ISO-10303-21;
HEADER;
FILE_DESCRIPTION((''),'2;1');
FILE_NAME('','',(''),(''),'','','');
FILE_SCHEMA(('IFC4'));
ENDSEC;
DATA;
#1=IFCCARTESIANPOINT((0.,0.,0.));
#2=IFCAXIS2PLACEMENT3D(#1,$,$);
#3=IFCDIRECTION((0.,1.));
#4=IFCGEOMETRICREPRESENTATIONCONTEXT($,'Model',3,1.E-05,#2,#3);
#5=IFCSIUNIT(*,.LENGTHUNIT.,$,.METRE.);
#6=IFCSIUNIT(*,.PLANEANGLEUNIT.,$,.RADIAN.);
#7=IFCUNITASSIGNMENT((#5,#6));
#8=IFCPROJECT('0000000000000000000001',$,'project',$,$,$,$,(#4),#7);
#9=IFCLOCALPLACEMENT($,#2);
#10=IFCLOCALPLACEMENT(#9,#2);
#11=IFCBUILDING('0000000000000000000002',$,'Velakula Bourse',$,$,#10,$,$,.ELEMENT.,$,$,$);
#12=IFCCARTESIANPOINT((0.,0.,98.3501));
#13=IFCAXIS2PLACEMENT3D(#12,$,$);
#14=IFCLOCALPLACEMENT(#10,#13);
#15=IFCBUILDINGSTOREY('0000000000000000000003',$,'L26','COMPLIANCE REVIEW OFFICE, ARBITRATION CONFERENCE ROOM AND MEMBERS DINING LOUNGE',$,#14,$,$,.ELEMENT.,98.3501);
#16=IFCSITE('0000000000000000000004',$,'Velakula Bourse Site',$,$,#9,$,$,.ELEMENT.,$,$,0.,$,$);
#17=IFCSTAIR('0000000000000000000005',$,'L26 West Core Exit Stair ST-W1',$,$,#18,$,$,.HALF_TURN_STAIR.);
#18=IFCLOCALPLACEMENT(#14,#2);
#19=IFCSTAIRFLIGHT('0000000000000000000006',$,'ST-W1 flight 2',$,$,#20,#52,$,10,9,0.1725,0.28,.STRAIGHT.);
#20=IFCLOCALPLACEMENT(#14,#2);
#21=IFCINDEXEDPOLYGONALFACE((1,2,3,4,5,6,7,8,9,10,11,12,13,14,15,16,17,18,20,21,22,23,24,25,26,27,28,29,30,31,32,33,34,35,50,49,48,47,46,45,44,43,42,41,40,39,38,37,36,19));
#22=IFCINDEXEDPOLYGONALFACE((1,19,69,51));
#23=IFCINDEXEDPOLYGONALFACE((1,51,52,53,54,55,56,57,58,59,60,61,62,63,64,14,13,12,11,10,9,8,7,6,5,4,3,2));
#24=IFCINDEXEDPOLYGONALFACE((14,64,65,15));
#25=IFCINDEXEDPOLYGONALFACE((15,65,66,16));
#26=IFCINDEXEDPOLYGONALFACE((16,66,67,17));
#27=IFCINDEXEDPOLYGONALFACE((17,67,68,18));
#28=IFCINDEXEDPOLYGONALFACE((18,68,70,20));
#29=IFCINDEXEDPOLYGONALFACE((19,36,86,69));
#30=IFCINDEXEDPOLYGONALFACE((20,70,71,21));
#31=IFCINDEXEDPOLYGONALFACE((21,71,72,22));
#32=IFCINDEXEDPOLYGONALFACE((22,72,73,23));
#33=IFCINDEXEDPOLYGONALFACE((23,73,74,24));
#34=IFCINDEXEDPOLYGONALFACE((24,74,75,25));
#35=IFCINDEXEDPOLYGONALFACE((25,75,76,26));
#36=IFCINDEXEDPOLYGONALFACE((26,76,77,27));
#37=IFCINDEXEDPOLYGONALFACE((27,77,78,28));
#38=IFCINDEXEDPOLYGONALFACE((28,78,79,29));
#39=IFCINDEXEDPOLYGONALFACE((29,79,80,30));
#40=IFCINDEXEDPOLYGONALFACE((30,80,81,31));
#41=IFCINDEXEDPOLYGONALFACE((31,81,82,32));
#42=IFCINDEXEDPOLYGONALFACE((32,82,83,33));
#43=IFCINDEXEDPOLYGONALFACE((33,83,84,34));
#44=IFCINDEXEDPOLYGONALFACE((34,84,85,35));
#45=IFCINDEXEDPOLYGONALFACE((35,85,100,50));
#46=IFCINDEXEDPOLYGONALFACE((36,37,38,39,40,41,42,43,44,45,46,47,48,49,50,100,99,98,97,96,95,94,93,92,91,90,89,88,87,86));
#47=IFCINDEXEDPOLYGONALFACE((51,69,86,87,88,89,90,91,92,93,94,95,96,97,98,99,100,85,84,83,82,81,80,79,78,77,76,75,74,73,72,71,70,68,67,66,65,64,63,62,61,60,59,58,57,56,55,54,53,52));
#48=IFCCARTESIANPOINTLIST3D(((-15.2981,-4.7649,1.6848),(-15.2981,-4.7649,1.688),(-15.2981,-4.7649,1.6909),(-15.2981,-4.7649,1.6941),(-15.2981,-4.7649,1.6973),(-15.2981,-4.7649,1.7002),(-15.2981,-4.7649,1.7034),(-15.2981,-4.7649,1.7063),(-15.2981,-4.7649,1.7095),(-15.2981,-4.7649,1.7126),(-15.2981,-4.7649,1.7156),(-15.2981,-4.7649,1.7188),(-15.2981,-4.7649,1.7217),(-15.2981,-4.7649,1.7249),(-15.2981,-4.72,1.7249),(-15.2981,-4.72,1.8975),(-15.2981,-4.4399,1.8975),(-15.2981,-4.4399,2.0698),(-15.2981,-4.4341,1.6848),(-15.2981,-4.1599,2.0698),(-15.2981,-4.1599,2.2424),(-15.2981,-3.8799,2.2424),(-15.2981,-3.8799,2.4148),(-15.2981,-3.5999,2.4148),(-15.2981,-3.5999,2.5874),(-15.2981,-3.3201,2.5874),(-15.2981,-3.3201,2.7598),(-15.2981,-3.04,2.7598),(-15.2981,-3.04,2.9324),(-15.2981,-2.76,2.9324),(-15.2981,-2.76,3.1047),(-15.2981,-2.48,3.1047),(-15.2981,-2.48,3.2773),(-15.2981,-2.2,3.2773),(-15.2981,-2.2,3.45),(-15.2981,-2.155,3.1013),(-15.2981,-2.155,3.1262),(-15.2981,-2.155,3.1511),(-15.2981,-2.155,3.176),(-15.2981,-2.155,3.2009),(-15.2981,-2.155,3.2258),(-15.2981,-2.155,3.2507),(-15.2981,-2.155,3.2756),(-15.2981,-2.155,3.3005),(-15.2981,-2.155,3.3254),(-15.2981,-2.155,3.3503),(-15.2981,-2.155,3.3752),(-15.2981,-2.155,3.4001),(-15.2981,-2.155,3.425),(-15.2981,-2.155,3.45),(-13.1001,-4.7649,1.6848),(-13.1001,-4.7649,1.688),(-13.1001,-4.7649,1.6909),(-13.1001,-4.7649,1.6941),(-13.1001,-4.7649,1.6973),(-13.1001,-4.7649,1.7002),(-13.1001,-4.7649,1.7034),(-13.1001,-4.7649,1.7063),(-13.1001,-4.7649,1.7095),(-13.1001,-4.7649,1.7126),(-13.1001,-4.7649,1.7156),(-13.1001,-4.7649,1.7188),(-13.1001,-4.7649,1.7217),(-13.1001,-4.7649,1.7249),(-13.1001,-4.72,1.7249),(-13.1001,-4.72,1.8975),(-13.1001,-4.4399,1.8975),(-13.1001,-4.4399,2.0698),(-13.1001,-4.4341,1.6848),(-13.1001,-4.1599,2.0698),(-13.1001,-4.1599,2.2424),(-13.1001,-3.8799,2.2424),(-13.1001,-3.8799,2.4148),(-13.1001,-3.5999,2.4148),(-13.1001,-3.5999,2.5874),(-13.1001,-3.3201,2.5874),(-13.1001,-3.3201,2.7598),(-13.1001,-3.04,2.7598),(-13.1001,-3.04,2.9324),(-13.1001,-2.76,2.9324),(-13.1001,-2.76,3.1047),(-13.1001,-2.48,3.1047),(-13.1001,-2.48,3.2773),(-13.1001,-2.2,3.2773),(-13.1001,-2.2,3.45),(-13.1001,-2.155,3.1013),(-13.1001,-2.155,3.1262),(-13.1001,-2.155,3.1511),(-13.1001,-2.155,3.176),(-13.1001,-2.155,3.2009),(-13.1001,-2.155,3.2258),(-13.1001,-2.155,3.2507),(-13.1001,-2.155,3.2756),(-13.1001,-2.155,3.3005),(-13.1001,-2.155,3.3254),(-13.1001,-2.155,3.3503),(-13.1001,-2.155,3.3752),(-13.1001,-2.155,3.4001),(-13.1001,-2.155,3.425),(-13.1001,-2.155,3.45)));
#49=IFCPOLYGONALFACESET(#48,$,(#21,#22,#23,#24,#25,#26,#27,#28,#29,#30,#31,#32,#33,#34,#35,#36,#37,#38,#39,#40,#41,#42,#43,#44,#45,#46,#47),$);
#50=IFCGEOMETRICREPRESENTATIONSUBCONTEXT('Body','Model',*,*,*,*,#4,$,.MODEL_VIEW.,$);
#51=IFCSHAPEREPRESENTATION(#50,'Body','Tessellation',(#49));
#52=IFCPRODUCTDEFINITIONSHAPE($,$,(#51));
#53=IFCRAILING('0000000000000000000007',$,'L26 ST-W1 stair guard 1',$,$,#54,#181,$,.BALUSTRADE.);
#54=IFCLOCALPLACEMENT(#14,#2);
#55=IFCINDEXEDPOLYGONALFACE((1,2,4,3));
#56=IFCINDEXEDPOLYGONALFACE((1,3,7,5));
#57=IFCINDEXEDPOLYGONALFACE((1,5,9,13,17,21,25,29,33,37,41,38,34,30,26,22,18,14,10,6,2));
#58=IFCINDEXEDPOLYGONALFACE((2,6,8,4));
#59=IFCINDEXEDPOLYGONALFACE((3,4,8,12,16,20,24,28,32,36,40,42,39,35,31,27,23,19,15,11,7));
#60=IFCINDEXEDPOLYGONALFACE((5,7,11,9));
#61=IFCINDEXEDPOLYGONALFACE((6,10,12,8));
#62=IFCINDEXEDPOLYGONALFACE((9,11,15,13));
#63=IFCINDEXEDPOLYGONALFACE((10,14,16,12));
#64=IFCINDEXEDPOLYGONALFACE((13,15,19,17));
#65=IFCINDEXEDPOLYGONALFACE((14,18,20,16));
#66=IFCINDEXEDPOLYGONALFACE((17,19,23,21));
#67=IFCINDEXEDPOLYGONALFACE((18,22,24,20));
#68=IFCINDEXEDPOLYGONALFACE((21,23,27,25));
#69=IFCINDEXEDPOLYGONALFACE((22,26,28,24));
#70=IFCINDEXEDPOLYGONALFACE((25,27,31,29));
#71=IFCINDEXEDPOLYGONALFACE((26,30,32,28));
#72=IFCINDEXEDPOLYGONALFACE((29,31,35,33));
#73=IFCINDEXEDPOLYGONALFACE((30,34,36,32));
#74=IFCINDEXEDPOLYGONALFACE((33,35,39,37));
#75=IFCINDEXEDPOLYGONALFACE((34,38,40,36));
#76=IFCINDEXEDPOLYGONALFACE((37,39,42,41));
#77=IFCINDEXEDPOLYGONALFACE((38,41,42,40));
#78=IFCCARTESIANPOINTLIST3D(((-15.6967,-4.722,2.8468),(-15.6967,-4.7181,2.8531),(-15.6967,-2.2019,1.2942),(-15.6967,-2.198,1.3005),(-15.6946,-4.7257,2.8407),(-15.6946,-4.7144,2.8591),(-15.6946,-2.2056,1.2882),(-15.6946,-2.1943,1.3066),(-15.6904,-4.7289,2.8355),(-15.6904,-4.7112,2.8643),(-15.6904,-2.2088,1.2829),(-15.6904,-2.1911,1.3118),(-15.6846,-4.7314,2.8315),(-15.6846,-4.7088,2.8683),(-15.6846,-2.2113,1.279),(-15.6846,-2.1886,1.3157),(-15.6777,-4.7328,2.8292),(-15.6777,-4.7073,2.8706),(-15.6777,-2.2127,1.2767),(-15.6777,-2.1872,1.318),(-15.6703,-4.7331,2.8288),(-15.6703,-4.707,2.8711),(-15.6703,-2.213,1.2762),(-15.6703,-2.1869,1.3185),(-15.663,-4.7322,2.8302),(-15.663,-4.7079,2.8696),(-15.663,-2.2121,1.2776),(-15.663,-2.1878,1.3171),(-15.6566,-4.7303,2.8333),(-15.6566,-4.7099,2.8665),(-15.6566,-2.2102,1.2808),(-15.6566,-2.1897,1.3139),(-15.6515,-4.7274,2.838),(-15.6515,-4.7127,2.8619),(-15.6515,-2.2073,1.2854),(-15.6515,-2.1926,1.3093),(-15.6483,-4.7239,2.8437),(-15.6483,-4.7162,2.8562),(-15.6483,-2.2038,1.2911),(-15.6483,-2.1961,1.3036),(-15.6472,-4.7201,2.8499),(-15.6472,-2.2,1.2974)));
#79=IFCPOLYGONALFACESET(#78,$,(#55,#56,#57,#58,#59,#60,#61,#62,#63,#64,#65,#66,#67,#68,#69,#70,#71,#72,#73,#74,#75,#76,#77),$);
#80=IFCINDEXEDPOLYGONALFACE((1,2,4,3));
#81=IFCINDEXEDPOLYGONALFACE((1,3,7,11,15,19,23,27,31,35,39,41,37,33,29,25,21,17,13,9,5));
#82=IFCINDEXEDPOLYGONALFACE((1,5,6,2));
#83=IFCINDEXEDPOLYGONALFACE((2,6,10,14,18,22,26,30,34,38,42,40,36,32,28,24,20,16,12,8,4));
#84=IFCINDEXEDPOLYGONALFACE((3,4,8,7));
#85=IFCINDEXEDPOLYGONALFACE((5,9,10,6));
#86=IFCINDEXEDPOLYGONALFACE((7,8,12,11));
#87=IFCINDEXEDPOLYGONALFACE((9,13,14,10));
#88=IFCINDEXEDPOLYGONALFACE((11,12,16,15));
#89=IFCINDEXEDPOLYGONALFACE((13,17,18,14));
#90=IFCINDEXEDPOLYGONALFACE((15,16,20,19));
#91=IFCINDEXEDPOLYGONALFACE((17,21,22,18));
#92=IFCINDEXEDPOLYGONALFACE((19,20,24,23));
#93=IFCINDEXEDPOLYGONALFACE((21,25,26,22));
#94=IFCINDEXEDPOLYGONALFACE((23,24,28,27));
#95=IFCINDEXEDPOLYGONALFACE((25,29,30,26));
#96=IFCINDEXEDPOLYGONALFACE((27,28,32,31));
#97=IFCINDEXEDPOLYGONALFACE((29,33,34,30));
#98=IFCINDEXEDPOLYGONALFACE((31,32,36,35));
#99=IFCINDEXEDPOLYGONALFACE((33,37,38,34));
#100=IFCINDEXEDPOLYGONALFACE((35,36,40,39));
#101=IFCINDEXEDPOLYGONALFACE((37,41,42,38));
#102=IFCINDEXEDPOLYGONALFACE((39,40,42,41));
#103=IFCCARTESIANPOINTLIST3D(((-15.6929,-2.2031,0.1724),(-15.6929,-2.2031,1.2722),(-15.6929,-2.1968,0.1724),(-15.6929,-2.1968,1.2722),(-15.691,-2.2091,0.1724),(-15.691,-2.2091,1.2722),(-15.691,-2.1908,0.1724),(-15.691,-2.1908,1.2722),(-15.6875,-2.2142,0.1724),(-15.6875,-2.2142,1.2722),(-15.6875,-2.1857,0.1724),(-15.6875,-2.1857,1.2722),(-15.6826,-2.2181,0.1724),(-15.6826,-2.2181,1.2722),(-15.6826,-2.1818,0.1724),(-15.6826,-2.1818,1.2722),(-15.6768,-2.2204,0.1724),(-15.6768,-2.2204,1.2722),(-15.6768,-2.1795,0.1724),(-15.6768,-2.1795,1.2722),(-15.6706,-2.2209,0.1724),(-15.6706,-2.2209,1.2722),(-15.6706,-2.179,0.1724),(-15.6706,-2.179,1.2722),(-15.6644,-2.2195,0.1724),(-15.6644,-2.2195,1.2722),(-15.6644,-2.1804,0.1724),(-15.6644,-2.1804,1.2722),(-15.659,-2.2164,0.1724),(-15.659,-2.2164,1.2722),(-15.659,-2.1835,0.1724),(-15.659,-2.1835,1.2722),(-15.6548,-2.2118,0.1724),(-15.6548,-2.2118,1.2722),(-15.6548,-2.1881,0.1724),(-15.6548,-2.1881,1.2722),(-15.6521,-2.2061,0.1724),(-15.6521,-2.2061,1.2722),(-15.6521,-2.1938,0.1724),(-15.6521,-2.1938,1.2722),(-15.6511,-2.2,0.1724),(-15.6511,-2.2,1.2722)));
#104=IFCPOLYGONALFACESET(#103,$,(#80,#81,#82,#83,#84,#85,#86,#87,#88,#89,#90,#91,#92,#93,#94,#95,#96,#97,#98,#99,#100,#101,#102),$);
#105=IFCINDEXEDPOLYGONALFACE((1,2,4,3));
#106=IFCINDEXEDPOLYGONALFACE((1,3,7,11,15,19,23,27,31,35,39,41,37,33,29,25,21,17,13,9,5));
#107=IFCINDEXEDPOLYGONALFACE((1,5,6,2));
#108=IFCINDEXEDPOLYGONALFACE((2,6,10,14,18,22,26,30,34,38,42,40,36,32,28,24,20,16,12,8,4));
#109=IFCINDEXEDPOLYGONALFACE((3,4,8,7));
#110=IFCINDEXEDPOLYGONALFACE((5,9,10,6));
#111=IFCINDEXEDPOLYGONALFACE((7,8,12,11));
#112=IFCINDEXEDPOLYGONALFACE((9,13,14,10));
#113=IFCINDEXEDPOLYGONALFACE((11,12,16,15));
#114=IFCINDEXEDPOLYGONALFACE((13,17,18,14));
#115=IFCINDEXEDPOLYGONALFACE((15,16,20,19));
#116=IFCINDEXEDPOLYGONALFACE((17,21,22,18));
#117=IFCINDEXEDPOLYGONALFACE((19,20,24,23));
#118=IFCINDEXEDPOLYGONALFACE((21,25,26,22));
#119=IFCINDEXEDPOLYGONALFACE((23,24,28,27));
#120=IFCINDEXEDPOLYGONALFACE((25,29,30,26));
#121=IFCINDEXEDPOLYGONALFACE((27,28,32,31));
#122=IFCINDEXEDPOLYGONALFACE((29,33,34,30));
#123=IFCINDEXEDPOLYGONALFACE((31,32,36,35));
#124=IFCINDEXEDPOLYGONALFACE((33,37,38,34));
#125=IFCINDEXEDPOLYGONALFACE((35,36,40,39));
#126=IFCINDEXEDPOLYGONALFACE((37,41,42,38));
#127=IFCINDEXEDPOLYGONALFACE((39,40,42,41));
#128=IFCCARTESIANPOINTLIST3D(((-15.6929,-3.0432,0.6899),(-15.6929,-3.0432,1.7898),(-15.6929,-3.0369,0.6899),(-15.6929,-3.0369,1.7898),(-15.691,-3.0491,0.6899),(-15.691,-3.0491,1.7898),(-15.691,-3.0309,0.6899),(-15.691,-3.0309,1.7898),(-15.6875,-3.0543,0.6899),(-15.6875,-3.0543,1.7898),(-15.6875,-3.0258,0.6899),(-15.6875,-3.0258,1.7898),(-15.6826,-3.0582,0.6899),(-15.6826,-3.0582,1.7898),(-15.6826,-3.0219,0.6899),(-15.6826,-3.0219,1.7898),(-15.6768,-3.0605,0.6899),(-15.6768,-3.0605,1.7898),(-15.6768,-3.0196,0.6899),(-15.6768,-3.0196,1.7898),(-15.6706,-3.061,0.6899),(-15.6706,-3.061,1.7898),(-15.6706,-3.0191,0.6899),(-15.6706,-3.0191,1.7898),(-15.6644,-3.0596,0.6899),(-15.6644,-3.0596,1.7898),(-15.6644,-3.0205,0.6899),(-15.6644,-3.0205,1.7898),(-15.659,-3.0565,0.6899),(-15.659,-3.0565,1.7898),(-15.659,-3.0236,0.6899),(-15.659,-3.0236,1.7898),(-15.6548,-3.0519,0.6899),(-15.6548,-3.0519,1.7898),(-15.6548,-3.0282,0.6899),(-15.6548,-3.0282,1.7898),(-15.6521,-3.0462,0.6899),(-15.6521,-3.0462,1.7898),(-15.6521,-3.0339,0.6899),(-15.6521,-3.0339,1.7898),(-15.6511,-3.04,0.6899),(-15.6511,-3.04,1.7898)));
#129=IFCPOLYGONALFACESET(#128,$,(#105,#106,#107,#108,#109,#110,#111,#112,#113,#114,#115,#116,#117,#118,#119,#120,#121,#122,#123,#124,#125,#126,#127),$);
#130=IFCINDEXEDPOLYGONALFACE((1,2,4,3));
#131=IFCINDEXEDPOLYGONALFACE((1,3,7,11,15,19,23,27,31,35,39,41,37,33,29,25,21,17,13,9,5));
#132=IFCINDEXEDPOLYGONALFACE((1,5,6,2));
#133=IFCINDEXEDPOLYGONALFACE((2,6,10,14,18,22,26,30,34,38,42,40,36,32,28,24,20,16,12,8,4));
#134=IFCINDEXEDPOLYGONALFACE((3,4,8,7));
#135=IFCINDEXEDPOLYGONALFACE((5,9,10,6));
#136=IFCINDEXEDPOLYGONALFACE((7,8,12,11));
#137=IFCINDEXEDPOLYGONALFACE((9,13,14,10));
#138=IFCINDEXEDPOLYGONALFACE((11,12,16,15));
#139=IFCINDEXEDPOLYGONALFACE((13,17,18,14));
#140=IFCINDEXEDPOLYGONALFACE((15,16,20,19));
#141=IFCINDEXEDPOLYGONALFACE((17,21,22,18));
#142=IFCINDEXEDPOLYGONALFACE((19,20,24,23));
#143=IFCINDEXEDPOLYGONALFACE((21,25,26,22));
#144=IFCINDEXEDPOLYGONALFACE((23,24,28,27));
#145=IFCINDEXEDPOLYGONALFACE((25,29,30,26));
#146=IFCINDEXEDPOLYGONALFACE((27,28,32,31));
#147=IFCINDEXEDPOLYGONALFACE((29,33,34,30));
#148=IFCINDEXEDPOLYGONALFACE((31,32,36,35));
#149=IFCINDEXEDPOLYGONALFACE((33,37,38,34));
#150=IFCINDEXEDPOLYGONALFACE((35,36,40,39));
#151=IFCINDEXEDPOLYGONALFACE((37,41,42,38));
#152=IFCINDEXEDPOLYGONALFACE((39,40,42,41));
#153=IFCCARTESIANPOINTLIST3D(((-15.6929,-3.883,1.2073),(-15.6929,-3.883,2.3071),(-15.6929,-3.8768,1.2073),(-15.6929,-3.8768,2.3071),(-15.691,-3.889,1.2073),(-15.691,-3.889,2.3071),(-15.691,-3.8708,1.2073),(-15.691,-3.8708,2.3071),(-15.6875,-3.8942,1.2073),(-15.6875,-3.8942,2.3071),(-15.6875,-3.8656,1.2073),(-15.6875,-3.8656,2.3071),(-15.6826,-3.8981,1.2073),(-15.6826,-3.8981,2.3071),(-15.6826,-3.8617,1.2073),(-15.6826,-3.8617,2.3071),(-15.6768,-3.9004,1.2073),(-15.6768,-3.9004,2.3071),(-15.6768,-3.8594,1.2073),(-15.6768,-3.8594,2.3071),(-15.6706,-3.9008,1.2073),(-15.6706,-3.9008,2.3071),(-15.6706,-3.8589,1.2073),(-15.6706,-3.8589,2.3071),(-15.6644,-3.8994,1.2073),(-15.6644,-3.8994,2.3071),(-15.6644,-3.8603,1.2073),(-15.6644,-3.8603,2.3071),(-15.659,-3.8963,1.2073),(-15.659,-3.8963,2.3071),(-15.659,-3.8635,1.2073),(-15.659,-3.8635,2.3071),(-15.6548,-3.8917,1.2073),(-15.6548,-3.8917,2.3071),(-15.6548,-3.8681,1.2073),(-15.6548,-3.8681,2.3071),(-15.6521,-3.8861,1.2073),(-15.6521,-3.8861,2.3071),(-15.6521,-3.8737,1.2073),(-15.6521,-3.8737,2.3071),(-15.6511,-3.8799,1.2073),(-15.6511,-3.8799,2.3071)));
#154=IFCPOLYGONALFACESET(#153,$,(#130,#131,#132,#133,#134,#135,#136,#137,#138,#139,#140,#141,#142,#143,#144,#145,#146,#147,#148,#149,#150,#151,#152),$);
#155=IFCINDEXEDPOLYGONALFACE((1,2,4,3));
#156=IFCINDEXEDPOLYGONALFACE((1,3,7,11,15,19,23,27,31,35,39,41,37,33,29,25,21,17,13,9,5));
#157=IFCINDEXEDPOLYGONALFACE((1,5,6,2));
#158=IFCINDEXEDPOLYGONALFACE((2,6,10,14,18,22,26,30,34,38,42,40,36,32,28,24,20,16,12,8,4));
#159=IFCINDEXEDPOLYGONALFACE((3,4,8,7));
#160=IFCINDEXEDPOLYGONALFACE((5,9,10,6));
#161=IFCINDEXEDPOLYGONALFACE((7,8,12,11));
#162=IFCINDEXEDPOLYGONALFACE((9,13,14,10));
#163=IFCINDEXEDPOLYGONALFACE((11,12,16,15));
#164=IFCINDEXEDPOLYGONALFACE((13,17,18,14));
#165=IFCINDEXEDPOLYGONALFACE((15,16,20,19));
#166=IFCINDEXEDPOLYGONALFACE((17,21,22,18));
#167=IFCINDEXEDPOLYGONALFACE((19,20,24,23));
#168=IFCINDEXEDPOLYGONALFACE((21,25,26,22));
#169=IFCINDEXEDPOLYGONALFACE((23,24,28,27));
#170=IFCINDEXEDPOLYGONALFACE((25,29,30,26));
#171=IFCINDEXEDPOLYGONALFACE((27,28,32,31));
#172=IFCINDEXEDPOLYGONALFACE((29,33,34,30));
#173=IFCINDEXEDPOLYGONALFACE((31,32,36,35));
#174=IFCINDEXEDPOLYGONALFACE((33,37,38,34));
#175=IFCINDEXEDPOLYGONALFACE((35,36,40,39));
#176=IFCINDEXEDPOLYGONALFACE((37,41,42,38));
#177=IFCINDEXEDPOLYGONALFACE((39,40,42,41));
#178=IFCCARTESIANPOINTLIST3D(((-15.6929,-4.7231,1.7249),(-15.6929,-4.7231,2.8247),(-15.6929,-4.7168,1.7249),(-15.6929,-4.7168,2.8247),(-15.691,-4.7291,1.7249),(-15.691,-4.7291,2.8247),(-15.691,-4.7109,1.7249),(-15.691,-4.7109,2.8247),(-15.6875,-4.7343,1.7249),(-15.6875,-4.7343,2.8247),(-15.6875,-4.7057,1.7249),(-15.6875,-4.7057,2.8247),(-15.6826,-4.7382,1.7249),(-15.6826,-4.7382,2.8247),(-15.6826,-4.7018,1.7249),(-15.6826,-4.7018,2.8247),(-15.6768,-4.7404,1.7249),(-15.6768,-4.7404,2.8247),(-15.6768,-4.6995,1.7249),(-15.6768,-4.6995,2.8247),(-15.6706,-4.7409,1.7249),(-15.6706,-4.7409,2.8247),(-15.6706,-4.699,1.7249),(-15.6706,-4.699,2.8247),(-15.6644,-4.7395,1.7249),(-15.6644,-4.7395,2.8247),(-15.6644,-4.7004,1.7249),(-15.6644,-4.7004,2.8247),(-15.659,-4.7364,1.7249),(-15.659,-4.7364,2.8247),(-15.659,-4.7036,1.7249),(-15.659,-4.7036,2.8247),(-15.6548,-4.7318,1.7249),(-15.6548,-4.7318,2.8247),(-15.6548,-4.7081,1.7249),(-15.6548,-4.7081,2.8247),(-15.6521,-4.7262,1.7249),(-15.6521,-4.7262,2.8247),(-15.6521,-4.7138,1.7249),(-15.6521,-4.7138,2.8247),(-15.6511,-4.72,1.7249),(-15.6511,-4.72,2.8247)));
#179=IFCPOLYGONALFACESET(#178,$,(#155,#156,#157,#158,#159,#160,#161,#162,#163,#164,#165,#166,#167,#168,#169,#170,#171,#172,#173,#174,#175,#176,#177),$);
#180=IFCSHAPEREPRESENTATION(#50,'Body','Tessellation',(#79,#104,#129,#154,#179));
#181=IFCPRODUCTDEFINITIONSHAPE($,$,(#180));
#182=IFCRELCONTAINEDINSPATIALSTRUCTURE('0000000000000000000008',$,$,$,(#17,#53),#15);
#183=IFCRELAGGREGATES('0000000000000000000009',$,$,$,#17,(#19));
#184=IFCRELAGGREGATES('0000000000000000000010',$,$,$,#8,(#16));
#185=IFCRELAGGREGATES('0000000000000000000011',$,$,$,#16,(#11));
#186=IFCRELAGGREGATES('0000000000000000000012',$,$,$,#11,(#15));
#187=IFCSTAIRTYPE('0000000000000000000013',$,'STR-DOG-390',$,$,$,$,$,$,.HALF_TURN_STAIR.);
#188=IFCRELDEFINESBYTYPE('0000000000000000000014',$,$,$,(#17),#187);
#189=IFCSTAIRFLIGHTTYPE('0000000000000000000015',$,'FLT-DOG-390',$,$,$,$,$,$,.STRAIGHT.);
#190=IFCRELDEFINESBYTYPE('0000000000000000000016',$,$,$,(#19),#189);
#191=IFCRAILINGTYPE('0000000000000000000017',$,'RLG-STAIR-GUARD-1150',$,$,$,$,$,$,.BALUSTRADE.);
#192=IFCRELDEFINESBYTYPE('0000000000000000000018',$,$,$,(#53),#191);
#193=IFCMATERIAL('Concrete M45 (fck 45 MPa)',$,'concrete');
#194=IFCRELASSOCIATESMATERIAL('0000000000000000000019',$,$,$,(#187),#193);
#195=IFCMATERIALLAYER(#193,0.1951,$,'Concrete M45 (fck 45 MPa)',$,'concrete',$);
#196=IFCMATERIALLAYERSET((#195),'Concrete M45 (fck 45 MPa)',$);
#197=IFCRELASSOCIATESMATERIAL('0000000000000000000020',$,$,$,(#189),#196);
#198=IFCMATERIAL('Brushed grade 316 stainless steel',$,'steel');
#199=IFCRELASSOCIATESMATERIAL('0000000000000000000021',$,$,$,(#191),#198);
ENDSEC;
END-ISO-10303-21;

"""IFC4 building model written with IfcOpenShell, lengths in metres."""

from ifc_helpers import new_model, si_unit, direction, frame, origin, origin_2d, place, context, subcontext, project, spatial, polyline, circle, outline, extrude, material, layer, layer_set, type_object, element, aggregate, save


model = new_model("IFC4")

# Units and contexts
model_context = context("Model", 3, precision=1e-05, world=origin(), true_north=direction((0.0, 1.0)))
body_context = subcontext(model_context, "Body", "Model", "MODEL_VIEW")
ifc_project = project(units=[si_unit("LENGTHUNIT", "METRE"), si_unit("PLANEANGLEUNIT", "RADIAN")], contexts=[model_context])

# Site, building, storey
site_placement = place(None, origin())
site = spatial("IfcSite", under=ifc_project, at=site_placement, Name="Velakula Bourse Site", CompositionType="ELEMENT", RefElevation=0.0)
building_placement = place(site_placement, origin())
building = spatial("IfcBuilding", under=site, at=building_placement, Name="Velakula Bourse", CompositionType="ELEMENT")
storey_placement = place(building_placement, frame((0.0, 0.0, 98.3501)))
storey = spatial("IfcBuildingStorey", under=building, at=storey_placement, Name="L26", Description="COMPLIANCE REVIEW OFFICE, ARBITRATION CONFERENCE ROOM AND MEMBERS DINING LOUNGE", CompositionType="ELEMENT", Elevation=98.3501)

# Shared definitions
ifc_material_1 = material(Name="Brushed grade 316 stainless steel", Category="steel")

# Stair, stair flight
ifc_material_2 = material(Name="Concrete M45 (fck 45 MPa)", Category="concrete")
stair_type = type_object("IfcStairType", Name="STR-DOG-390", PredefinedType="HALF_TURN_STAIR", material=ifc_material_2)
stair_placement = place(storey_placement, origin())
stair = element("IfcStair", 1, at=stair_placement, inside=storey, type_object=stair_type, Name="L26 West Core Exit Stair ST-W1", PredefinedType="HALF_TURN_STAIR")
ifc_layer_1 = layer(ifc_material_2, 0.1951, Name="Concrete M45 (fck 45 MPa)", Category="concrete")
ifc_layer_set_1 = layer_set([ifc_layer_1], Name="Concrete M45 (fck 45 MPa)")
stair_flight_type = type_object("IfcStairFlightType", Name="FLT-DOG-390", PredefinedType="STRAIGHT", material=ifc_layer_set_1)
stair_flight_1_placement = place(storey_placement, frame((-14.199, -4.72, 1.7249), z_axis=(0.0, 0.0, 1.0), x_axis=(0.0, 1.0, 0.0)))
stair_flight_1 = element("IfcStairFlight", 2, at=stair_flight_1_placement, type_object=stair_flight_type, Name="ST-W1 flight 2", NumberOfRisers=10, NumberOfTreads=9, PredefinedType="STRAIGHT", RiserHeight=0.1725, TreadLength=0.28, context=body_context, shape_type="SweptSolid", body=[
    extrude(outline(polyline([(-0.0449, -0.04), (-0.0449, -0.0369), (-0.0449, -0.0339), (-0.0449, -0.0308), (-0.0449, -0.0276), (-0.0449, -0.0247), (-0.0449, -0.0215), (-0.0449, -0.0186), (-0.0449, -0.0154), (-0.0449, -0.0122), (-0.0449, -0.0093), (-0.0449, -0.0061), (-0.0449, -0.0032), (-0.0449, 0.0), (0.0, 0.0), (0.0, 0.1726), (0.28, 0.1726), (0.28, 0.345), (0.5601, 0.345), (0.5601, 0.5176), (0.8401, 0.5176), (0.8401, 0.6899), (1.1201, 0.6899), (1.1201, 0.8625), (1.3999, 0.8625), (1.3999, 1.0349), (1.6799, 1.0349), (1.6799, 1.2075), (1.96, 1.2075), (1.96, 1.3799), (2.24, 1.3799), (2.24, 1.5525), (2.52, 1.5525), (2.52, 1.7251), (2.5649, 1.7251), (2.5649, 1.7002), (2.5649, 1.6753), (2.5649, 1.6504), (2.5649, 1.6255), (2.5649, 1.6006), (2.5649, 1.5757), (2.5649, 1.5508), (2.5649, 1.5259), (2.5649, 1.501), (2.5649, 1.4761), (2.5649, 1.4512), (2.5649, 1.4263), (2.5649, 1.4014), (2.5649, 1.3765), (0.2859, -0.04), (-0.0449, -0.04)])), frame((0.0, 1.0991, 0.0), z_axis=(0.0, -1.0, 0.0), x_axis=(1.0, 0.0, 0.0)), (0.0, 0.0, 1.0), 2.198),
])
aggregate(stair, [stair_flight_1])

# Railing
railing_type_1 = type_object("IfcRailingType", Name="RLG-STAIR-GUARD-1150", PredefinedType="BALUSTRADE", material=ifc_material_1)
railing_1_placement = place(storey_placement, frame((-15.6721, -2.2, 0.1724)))
element("IfcRailing", 3, at=railing_1_placement, inside=storey, type_object=railing_type_1, Name="L26 ST-W1 stair guard 1", PredefinedType="BALUSTRADE", context=body_context, shape_type="SweptSolid", body=[
    extrude(circle(Radius=0.0249, at=origin_2d()), frame((0.0, 0.0, 1.125), z_axis=(0.0, -0.8514, 0.524516), x_axis=(1.0, 0.0, 0.0)), (0.0, 0.0, 1.0), 2.96),
    extrude(circle(Radius=0.021, at=origin_2d()), origin(), (0.0, 0.0, 1.0), 1.0999),
    extrude(circle(Radius=0.021, at=origin_2d()), frame((0.0, -0.8401, 0.5176)), (0.0, 0.0, 1.0), 1.0999),
    extrude(circle(Radius=0.021, at=origin_2d()), frame((0.0, -1.6799, 1.0349)), (0.0, 0.0, 1.0), 1.0999),
    extrude(circle(Radius=0.021, at=origin_2d()), frame((0.0, -2.52, 1.5525)), (0.0, 0.0, 1.0), 1.0999),
])

save(model, "model.ifc")
